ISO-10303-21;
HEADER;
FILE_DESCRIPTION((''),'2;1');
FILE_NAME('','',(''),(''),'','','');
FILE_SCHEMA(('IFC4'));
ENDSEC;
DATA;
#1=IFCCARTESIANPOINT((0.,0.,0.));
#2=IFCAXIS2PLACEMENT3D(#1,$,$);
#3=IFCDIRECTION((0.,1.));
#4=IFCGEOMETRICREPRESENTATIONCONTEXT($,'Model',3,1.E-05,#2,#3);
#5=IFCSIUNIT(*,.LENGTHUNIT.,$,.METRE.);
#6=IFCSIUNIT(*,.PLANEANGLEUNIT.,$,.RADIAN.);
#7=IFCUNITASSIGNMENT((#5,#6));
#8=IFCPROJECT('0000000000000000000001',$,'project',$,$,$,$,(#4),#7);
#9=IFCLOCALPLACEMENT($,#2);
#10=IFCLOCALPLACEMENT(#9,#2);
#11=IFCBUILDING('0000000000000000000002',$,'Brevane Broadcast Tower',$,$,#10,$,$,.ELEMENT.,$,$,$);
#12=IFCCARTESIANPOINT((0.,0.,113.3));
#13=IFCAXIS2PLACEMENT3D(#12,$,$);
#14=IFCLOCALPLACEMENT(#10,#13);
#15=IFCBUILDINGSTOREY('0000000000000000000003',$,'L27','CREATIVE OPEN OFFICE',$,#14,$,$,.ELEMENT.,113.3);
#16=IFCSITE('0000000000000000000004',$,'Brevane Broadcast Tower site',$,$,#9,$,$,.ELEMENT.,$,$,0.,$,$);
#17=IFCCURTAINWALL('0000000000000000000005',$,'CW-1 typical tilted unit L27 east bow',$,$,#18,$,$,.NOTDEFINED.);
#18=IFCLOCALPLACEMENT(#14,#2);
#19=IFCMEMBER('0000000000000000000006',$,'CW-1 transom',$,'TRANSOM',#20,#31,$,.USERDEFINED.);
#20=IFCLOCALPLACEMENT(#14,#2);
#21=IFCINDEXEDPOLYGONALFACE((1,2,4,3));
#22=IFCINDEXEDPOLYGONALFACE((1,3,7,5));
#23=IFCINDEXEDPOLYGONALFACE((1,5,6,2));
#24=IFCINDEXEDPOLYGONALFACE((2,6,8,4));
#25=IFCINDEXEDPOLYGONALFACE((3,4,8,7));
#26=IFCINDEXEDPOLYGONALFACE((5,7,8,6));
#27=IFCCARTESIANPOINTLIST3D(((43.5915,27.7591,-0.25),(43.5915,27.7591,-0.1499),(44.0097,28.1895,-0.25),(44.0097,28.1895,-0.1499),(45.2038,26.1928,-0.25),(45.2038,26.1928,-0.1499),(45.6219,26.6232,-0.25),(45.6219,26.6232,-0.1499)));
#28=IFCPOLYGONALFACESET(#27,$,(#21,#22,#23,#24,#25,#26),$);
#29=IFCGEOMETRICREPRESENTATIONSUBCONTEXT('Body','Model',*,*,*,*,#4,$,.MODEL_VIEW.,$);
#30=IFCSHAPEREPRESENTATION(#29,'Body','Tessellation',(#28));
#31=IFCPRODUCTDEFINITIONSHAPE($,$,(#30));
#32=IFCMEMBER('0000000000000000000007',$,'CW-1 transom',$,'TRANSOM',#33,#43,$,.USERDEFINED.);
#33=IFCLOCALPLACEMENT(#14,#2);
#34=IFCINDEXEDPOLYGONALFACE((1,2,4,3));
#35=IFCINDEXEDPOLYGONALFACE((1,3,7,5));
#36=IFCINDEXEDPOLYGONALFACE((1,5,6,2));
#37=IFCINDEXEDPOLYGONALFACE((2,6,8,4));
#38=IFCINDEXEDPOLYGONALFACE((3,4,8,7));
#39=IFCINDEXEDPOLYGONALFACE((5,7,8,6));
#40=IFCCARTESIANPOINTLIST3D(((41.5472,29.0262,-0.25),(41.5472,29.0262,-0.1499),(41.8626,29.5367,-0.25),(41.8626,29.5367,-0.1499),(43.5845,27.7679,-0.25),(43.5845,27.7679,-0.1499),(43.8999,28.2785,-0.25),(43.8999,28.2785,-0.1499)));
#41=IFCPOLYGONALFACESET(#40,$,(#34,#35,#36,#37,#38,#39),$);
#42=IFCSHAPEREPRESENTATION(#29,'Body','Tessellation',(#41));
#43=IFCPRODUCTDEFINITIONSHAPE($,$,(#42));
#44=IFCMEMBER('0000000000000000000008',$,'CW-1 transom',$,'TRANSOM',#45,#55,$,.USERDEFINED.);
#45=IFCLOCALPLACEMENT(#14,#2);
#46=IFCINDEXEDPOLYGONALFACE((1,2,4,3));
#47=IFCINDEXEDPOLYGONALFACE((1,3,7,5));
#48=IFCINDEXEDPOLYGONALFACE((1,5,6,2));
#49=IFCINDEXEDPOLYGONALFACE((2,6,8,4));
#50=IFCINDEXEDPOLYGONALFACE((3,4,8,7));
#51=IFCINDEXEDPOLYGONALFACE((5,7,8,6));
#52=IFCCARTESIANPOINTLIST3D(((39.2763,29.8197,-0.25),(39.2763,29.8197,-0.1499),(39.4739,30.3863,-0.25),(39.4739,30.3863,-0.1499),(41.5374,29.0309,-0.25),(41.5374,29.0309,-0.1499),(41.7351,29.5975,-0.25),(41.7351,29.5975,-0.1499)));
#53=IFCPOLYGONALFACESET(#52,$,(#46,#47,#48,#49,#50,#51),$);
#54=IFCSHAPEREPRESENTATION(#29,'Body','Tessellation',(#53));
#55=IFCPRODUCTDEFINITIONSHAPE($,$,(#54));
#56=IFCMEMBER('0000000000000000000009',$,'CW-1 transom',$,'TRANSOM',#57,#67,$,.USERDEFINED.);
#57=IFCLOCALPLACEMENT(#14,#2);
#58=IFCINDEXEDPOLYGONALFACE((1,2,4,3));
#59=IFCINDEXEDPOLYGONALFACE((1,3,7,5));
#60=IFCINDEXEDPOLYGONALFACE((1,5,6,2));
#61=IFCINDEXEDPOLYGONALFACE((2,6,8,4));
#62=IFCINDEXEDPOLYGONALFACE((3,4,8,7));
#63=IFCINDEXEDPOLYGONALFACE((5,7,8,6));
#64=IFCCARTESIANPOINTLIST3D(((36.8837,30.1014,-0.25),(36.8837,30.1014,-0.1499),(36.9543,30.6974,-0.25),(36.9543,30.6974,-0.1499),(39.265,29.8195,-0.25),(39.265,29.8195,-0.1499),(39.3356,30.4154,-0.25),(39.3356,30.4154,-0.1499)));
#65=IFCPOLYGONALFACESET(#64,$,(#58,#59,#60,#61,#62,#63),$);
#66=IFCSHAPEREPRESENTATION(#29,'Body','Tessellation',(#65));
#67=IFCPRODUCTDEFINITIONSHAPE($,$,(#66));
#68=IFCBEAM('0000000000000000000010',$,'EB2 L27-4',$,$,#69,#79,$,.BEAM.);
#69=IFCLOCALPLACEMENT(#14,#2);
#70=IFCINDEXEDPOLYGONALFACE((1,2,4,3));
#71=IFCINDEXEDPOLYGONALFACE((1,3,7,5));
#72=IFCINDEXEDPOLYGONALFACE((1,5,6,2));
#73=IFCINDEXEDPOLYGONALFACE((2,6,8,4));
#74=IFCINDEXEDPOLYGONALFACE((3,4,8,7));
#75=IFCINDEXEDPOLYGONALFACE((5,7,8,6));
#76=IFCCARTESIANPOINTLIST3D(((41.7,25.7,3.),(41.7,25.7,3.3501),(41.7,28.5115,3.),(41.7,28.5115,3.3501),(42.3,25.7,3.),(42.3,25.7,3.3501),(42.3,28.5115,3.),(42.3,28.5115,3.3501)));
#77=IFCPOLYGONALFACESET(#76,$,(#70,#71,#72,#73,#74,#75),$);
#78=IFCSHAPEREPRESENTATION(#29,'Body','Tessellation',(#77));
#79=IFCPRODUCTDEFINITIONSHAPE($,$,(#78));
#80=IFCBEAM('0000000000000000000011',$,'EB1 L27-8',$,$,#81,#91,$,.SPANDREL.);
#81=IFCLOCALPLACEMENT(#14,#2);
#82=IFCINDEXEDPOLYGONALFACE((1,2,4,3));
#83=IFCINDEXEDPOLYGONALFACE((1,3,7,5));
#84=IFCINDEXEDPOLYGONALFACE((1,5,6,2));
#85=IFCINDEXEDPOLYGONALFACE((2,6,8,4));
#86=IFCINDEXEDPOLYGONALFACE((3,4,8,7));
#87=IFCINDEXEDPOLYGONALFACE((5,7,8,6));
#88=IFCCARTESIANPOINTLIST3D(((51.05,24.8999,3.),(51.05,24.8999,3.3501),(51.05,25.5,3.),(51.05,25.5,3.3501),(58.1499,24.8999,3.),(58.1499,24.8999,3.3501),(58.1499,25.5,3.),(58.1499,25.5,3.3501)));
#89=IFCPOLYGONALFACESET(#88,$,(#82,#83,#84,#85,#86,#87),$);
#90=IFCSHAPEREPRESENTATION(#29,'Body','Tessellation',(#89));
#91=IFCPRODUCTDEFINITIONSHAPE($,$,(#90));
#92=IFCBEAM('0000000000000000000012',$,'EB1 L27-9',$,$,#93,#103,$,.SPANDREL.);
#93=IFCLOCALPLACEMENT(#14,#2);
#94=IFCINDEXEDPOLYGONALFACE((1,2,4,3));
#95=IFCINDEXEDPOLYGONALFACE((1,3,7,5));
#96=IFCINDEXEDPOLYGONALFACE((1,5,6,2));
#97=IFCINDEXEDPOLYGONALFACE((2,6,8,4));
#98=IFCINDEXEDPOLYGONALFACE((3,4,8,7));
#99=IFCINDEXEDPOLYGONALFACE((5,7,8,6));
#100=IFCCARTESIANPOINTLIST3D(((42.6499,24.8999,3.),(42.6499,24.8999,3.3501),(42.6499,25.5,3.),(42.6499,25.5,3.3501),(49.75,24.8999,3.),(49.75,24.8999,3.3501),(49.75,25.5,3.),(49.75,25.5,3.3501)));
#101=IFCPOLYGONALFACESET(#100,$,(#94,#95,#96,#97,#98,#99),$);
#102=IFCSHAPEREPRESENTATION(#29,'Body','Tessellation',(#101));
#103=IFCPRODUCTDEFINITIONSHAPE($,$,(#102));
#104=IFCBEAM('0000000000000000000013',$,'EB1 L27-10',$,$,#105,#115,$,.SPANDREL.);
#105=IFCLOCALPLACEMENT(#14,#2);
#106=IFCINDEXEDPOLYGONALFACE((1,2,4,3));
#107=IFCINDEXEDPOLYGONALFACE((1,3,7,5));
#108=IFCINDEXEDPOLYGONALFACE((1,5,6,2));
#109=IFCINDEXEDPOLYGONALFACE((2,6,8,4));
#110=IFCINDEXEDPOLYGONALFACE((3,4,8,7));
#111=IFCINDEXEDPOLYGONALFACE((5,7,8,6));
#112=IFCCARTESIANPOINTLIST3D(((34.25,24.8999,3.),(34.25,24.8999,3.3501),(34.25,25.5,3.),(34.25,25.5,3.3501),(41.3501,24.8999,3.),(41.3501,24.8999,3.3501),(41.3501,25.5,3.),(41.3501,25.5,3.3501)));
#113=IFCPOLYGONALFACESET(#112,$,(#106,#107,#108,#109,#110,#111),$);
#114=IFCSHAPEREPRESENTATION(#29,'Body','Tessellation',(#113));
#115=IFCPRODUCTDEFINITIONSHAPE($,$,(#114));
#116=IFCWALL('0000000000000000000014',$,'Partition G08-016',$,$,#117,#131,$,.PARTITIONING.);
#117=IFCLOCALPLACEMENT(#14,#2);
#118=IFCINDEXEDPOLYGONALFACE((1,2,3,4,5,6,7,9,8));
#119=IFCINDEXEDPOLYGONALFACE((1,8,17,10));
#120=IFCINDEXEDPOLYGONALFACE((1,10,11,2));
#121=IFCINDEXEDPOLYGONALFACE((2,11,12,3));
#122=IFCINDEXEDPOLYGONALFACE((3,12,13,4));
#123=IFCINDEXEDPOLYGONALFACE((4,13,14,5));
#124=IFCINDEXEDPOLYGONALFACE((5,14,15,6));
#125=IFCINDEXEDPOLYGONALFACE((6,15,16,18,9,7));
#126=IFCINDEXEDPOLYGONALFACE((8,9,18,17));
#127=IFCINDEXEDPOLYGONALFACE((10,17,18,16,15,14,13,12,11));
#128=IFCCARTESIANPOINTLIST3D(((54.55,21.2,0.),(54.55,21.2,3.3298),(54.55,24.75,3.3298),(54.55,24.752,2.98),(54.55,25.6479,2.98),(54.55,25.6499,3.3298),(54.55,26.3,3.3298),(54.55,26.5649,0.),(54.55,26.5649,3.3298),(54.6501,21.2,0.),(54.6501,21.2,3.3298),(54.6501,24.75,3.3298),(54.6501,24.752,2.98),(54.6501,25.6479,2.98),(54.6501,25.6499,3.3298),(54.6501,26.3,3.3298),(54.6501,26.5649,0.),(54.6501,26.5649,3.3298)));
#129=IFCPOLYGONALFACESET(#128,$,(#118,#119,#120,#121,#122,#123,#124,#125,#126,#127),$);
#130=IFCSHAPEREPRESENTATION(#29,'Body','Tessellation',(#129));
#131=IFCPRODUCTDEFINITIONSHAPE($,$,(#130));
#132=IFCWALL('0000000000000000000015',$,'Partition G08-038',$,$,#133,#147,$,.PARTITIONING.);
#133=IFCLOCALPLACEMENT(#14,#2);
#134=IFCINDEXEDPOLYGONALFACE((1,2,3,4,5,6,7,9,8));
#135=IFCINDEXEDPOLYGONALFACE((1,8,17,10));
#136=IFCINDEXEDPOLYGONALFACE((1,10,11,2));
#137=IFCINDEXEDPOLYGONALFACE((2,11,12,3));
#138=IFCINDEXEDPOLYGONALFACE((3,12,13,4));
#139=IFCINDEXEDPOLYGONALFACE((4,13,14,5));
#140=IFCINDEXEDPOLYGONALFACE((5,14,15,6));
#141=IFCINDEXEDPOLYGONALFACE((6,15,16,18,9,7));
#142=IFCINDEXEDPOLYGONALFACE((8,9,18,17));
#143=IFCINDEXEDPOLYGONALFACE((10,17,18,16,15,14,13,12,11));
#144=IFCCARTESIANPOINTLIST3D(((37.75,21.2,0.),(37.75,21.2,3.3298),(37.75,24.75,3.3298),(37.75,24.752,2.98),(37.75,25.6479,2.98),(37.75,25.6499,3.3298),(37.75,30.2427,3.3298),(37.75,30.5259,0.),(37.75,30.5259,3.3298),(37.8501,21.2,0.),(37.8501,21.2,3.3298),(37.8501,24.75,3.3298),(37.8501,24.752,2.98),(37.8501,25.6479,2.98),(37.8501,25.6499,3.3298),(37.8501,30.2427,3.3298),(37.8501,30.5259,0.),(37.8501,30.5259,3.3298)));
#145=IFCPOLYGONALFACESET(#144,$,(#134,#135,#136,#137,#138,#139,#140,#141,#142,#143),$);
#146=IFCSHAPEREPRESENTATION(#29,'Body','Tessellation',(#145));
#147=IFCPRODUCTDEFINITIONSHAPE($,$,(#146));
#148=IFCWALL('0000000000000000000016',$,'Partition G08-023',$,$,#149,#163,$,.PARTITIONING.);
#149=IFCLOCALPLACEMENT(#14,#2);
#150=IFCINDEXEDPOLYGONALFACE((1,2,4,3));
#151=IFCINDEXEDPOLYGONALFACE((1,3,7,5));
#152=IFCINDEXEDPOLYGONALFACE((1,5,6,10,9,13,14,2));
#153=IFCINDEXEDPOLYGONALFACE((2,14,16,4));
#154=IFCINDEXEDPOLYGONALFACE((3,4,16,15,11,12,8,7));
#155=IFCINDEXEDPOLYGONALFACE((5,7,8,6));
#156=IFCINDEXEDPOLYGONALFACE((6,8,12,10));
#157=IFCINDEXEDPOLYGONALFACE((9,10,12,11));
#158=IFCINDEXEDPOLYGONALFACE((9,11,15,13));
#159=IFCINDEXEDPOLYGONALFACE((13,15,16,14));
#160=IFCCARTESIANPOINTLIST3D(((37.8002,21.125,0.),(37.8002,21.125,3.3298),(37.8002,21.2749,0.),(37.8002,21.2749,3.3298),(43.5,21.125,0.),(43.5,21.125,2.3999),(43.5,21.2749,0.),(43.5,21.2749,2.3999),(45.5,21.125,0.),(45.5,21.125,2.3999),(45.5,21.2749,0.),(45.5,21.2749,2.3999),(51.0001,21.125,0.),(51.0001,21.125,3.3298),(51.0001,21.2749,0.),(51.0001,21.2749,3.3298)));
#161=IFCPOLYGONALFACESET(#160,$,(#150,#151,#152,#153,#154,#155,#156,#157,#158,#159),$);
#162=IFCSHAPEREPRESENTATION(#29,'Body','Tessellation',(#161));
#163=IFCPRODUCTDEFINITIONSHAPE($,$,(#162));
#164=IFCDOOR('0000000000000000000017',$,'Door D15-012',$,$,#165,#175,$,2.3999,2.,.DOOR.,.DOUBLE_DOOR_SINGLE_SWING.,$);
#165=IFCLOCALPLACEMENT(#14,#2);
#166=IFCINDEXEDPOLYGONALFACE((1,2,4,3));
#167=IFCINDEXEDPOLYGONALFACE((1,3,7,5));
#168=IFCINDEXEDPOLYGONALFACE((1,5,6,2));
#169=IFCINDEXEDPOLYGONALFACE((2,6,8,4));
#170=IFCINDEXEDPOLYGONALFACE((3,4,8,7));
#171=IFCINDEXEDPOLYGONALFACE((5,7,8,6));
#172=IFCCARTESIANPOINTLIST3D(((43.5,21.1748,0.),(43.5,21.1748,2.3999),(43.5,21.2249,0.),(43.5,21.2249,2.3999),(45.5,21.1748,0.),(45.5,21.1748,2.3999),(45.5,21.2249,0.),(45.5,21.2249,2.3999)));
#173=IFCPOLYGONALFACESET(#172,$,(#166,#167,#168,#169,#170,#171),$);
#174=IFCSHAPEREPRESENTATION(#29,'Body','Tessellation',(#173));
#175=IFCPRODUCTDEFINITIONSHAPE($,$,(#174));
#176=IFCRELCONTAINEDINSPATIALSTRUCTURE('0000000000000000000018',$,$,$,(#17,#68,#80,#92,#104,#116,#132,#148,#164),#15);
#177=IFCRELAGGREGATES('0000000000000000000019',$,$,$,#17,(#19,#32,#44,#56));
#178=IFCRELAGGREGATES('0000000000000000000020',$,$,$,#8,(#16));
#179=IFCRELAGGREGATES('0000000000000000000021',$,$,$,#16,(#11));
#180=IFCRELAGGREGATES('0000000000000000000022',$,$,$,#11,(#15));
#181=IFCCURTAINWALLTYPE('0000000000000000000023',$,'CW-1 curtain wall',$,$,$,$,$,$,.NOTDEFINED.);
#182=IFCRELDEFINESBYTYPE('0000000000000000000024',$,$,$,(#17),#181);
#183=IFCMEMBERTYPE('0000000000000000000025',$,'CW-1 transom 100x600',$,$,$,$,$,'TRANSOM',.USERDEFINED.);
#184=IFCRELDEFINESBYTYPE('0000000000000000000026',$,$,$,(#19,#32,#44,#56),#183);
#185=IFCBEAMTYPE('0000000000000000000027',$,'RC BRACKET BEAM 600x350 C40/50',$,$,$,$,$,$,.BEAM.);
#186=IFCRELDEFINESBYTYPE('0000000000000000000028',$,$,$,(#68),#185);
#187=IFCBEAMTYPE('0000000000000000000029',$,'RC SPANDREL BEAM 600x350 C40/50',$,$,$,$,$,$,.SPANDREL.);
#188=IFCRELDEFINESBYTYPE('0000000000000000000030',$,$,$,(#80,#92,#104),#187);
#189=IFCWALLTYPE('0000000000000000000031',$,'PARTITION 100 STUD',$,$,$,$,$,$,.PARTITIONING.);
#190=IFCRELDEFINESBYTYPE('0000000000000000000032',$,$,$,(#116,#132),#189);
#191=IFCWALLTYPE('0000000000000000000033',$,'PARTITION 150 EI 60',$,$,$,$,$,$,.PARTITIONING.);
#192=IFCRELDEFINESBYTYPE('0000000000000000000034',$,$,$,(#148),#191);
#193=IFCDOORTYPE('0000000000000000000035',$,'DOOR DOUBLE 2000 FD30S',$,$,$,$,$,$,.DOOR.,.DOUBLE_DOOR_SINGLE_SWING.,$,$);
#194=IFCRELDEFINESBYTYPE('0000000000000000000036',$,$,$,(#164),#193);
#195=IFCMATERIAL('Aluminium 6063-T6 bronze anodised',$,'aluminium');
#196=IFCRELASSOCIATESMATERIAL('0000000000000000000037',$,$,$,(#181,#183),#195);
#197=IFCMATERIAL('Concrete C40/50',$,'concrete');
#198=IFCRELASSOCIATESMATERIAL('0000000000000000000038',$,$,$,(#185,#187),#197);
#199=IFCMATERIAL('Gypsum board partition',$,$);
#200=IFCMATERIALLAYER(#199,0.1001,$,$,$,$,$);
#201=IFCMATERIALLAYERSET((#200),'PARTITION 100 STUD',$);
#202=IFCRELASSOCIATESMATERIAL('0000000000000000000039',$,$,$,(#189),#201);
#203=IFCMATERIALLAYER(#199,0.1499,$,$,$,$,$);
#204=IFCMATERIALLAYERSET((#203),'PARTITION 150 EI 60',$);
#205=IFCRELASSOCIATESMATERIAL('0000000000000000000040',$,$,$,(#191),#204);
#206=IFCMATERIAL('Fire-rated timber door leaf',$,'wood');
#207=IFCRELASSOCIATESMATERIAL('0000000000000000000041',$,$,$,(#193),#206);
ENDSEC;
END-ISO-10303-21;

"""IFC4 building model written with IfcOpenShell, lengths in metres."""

from ifc_helpers import new_model, si_unit, direction, frame, frame_2d, origin, origin_2d, place, context, subcontext, project, spatial, polyline, rectangle, outline, extrude, material, layer, layer_set, material_profile, profile_set, type_object, element, fill, aggregate, save


model = new_model("IFC4")

# Units and contexts
model_context = context("Model", 3, precision=1e-05, world=origin(), true_north=direction((0.0, 1.0)))
body_context = subcontext(model_context, "Body", "Model", "MODEL_VIEW")
ifc_project = project(units=[si_unit("LENGTHUNIT", "METRE"), si_unit("PLANEANGLEUNIT", "RADIAN")], contexts=[model_context])

# Site, building, storey
site_placement = place(None, origin())
site = spatial("IfcSite", under=ifc_project, at=site_placement, Name="Brevane Broadcast Tower site", CompositionType="ELEMENT", RefElevation=0.0)
building_placement = place(site_placement, origin())
building = spatial("IfcBuilding", under=site, at=building_placement, Name="Brevane Broadcast Tower", CompositionType="ELEMENT")
storey_placement = place(building_placement, frame((0.0, 0.0, 113.3)))
storey = spatial("IfcBuildingStorey", under=building, at=storey_placement, Name="L27", Description="CREATIVE OPEN OFFICE", CompositionType="ELEMENT", Elevation=113.3)

# Curtain wall
ifc_material_1 = material(Name="Aluminium 6063-T6 bronze anodised", Category="aluminium")
curtain_wall_type = type_object("IfcCurtainWallType", Name="CW-1 curtain wall", PredefinedType="NOTDEFINED", material=ifc_material_1)
curtain_wall_1_placement = place(storey_placement, origin())
curtain_wall_1 = element("IfcCurtainWall", 1, at=curtain_wall_1_placement, inside=storey, type_object=curtain_wall_type, Name="CW-1 typical tilted unit L27 east bow", PredefinedType="NOTDEFINED")

# Members
ifc_material_profile_1 = material_profile(ifc_material_1, rectangle(XDim=0.6001, YDim=0.1001, at=origin_2d()), Name="RECT 100x600")
ifc_profile_set_1 = profile_set([ifc_material_profile_1], Name="Aluminium 6063-T6 bronze anodised")
member_type_1 = type_object("IfcMemberType", Name="CW-1 transom 100x600", ElementType="TRANSOM", PredefinedType="USERDEFINED", material=ifc_profile_set_1)
member_1_placement = place(storey_placement, frame((45.4128, 26.408, -0.2), z_axis=(-0.717242, 0.696824, 0.0), x_axis=(-0.696824, -0.717242, 0.0)))
member_1 = element("IfcMember", 2, at=member_1_placement, type_object=member_type_1, Name="CW-1 transom", ObjectType="TRANSOM", PredefinedType="USERDEFINED", context=body_context, shape_type="SweptSolid", body=[
    extrude(rectangle(XDim=0.6001, YDim=0.1001, at=origin_2d()), origin(), (0.0, 0.0, 1.0), 2.2478),
])
member_2_placement = place(storey_placement, frame((43.7422, 28.0232, -0.2), z_axis=(-0.85081, 0.525473, 0.0), x_axis=(-0.525473, -0.85081, 0.0)))
member_2 = element("IfcMember", 3, at=member_2_placement, type_object=member_type_1, Name="CW-1 transom", ObjectType="TRANSOM", PredefinedType="USERDEFINED", context=body_context, shape_type="SweptSolid", body=[
    extrude(rectangle(XDim=0.6001, YDim=0.1001, at=origin_2d()), origin(), (0.0, 0.0, 1.0), 2.3945),
])
member_3_placement = place(storey_placement, frame((41.6362, 29.3142, -0.2), z_axis=(-0.944198, 0.329378, 0.0), x_axis=(-0.329378, -0.944198, 0.0)))
member_3 = element("IfcMember", 4, at=member_3_placement, type_object=member_type_1, Name="CW-1 transom", ObjectType="TRANSOM", PredefinedType="USERDEFINED", context=body_context, shape_type="SweptSolid", body=[
    extrude(rectangle(XDim=0.6001, YDim=0.1001, at=origin_2d()), origin(), (0.0, 0.0, 1.0), 2.3948),
])
member_4_placement = place(storey_placement, frame((39.3003, 30.1174, -0.2), z_axis=(-0.993062, 0.117591, 0.0), x_axis=(-0.117591, -0.993062, 0.0)))
member_4 = element("IfcMember", 5, at=member_4_placement, type_object=member_type_1, Name="CW-1 transom", ObjectType="TRANSOM", PredefinedType="USERDEFINED", context=body_context, shape_type="SweptSolid", body=[
    extrude(rectangle(XDim=0.6001, YDim=0.1001, at=origin_2d()), origin(), (0.0, 0.0, 1.0), 2.3979),
])
aggregate(curtain_wall_1, [member_1, member_2, member_3, member_4])

# Beams
ifc_material_2 = material(Name="Concrete C40/50", Category="concrete")
ifc_material_profile_2 = material_profile(ifc_material_2, rectangle(XDim=0.6001, YDim=0.3501, at=origin_2d()), Name="RC 600x350")
ifc_profile_set_2 = profile_set([ifc_material_profile_2], Name="Concrete C40/50")
beam_type_1 = type_object("IfcBeamType", Name="RC BRACKET BEAM 600x350 C40/50", PredefinedType="BEAM", material=ifc_profile_set_2)
beam_1_placement = place(storey_placement, frame((42.0, 25.7, 3.175), z_axis=(0.0, 1.0, 0.0), x_axis=(-1.0, 0.0, 0.0)))
element("IfcBeam", 6, at=beam_1_placement, inside=storey, type_object=beam_type_1, Name="EB2 L27-4", PredefinedType="BEAM", context=body_context, shape_type="SweptSolid", body=[
    extrude(rectangle(XDim=0.6001, YDim=0.3501, at=origin_2d()), origin(), (0.0, 0.0, 1.0), 2.8115),
])
ifc_material_profile_3 = material_profile(ifc_material_2, rectangle(XDim=0.6001, YDim=0.3501, at=origin_2d()), Name="RC 600x350")
ifc_profile_set_3 = profile_set([ifc_material_profile_3], Name="Concrete C40/50")
beam_type_2 = type_object("IfcBeamType", Name="RC SPANDREL BEAM 600x350 C40/50", PredefinedType="SPANDREL", material=ifc_profile_set_3)
beam_2_placement = place(storey_placement, frame((58.1499, 25.2, 3.175), z_axis=(-1.0, 0.0, 0.0), x_axis=(0.0, -1.0, 0.0)))
element("IfcBeam", 7, at=beam_2_placement, inside=storey, type_object=beam_type_2, Name="EB1 L27-8", PredefinedType="SPANDREL", context=body_context, shape_type="SweptSolid", body=[
    extrude(rectangle(XDim=0.6001, YDim=0.3501, at=origin_2d()), origin(), (0.0, 0.0, 1.0), 7.0999),
])
for number, where, z_axis, x_axis, name in (
    (8, (49.75, 25.2, 3.175), (-1.0, 0.0, 0.0), (0.0, -1.0, 0.0), "EB1 L27-9"),
    (9, (41.3501, 25.2, 3.175), (-1.0, 0.0, 0.0), (0.0, -1.0, 0.0), "EB1 L27-10"),
):
    element("IfcBeam", number, at=place(storey_placement, frame(where, z_axis=z_axis, x_axis=x_axis)), inside=storey, type_object=beam_type_2, Name=name, PredefinedType="SPANDREL", context=body_context, shape_type="SweptSolid", body=[
        extrude(rectangle(XDim=0.6001, YDim=0.3501, at=origin_2d()), origin(), (0.0, 0.0, 1.0), 7.1001),
    ])

# Walls
ifc_material_3 = material(Name="Gypsum board partition")
ifc_layer_1 = layer(ifc_material_3, 0.1001)
ifc_layer_set_1 = layer_set([ifc_layer_1], Name="PARTITION 100 STUD")
wall_type_1 = type_object("IfcWallType", Name="PARTITION 100 STUD", PredefinedType="PARTITIONING", material=ifc_layer_set_1)
wall_1_placement = place(storey_placement, frame((54.6001, 21.2, 0.0), z_axis=(0.0, 0.0, 1.0), x_axis=(0.0, 1.0, 0.0)))
element("IfcWall", 10, at=wall_1_placement, inside=storey, type_object=wall_type_1, Name="Partition G08-016", PredefinedType="PARTITIONING", context=body_context, shape_type="SweptSolid", body=[
    extrude(outline(polyline([(0.0, 0.0), (5.365, 0.0), (5.365, 3.3298), (5.1001, 3.3298), (4.45, 3.3298), (4.448, 2.98), (3.552, 2.98), (3.55, 3.3298), (0.0, 3.3298), (0.0, 0.0)])), frame((0.0, 0.05, 0.0), z_axis=(0.0, -1.0, 0.0), x_axis=(1.0, 0.0, 0.0)), (0.0, 0.0, 1.0), 0.1001),
])
wall_2_placement = place(storey_placement, frame((37.8, 30.5259, 0.0), z_axis=(0.0, 0.0, 1.0), x_axis=(0.0, -1.0, 0.0)))
element("IfcWall", 11, at=wall_2_placement, inside=storey, type_object=wall_type_1, Name="Partition G08-038", PredefinedType="PARTITIONING", context=body_context, shape_type="SweptSolid", body=[
    extrude(outline(polyline([(0.0, 0.0), (9.3259, 0.0), (9.3259, 3.3298), (5.7759, 3.3298), (5.7739, 2.98), (4.8779, 2.98), (4.876, 3.3298), (0.2832, 3.3298), (0.0, 3.3298), (0.0, 0.0)])), frame((0.0, 0.05, 0.0), z_axis=(0.0, -1.0, 0.0), x_axis=(1.0, 0.0, 0.0)), (0.0, 0.0, 1.0), 0.1001),
])

# Wall, opening, door
ifc_layer_2 = layer(ifc_material_3, 0.1499)
ifc_layer_set_2 = layer_set([ifc_layer_2], Name="PARTITION 150 EI 60")
wall_type_2 = type_object("IfcWallType", Name="PARTITION 150 EI 60", PredefinedType="PARTITIONING", material=ifc_layer_set_2)
ifc_material_4 = material(Name="Fire-rated timber door leaf", Category="wood")
door_type = type_object("IfcDoorType", Name="DOOR DOUBLE 2000 FD30S", OperationType="DOUBLE_DOOR_SINGLE_SWING", PredefinedType="DOOR", material=ifc_material_4)
wall_3_placement = place(storey_placement, frame((37.8, 21.2, 0.0), z_axis=(0.0, 0.0, 1.0), x_axis=(1.0, 0.0, 0.0)))
wall_3 = element("IfcWall", 12, at=wall_3_placement, inside=storey, type_object=wall_type_2, Name="Partition G08-023", PredefinedType="PARTITIONING", context=body_context, shape_type="SweptSolid", body=[
    extrude(rectangle(XDim=13.2, YDim=0.1499, at=frame_2d((6.6001, 0.0))), origin(), (0.0, 0.0, 1.0), 3.3298),
])
opening_1_placement = place(wall_3_placement, frame((5.7, 0.0, 0.0)))
opening_1 = element("IfcOpeningElement", 13, at=opening_1_placement, cuts=wall_3, PredefinedType="OPENING", context=body_context, shape_type="SweptSolid", body=[
    extrude(rectangle(XDim=2.0, YDim=2.3999, at=frame_2d((1.0, 1.2))), frame((0.0, 0.085, 0.0), z_axis=(0.0, -1.0, 0.0), x_axis=(1.0, 0.0, 0.0)), (0.0, 0.0, 1.0), 0.1699),
])
door_1_placement = place(opening_1_placement, origin())
door_1 = element("IfcDoor", 14, at=door_1_placement, inside=storey, type_object=door_type, Name="Door D15-012", OperationType="DOUBLE_DOOR_SINGLE_SWING", OverallHeight=2.3999, OverallWidth=2.0, PredefinedType="DOOR", context=body_context, shape_type="SweptSolid", body=[
    extrude(rectangle(XDim=2.0, YDim=2.3999, at=frame_2d((1.0, 1.2))), frame((0.0, 0.0249, 0.0), z_axis=(0.0, -1.0, 0.0), x_axis=(1.0, 0.0, 0.0)), (0.0, 0.0, 1.0), 0.05),
])
fill(opening_1, door_1)

save(model, "model.ifc")
